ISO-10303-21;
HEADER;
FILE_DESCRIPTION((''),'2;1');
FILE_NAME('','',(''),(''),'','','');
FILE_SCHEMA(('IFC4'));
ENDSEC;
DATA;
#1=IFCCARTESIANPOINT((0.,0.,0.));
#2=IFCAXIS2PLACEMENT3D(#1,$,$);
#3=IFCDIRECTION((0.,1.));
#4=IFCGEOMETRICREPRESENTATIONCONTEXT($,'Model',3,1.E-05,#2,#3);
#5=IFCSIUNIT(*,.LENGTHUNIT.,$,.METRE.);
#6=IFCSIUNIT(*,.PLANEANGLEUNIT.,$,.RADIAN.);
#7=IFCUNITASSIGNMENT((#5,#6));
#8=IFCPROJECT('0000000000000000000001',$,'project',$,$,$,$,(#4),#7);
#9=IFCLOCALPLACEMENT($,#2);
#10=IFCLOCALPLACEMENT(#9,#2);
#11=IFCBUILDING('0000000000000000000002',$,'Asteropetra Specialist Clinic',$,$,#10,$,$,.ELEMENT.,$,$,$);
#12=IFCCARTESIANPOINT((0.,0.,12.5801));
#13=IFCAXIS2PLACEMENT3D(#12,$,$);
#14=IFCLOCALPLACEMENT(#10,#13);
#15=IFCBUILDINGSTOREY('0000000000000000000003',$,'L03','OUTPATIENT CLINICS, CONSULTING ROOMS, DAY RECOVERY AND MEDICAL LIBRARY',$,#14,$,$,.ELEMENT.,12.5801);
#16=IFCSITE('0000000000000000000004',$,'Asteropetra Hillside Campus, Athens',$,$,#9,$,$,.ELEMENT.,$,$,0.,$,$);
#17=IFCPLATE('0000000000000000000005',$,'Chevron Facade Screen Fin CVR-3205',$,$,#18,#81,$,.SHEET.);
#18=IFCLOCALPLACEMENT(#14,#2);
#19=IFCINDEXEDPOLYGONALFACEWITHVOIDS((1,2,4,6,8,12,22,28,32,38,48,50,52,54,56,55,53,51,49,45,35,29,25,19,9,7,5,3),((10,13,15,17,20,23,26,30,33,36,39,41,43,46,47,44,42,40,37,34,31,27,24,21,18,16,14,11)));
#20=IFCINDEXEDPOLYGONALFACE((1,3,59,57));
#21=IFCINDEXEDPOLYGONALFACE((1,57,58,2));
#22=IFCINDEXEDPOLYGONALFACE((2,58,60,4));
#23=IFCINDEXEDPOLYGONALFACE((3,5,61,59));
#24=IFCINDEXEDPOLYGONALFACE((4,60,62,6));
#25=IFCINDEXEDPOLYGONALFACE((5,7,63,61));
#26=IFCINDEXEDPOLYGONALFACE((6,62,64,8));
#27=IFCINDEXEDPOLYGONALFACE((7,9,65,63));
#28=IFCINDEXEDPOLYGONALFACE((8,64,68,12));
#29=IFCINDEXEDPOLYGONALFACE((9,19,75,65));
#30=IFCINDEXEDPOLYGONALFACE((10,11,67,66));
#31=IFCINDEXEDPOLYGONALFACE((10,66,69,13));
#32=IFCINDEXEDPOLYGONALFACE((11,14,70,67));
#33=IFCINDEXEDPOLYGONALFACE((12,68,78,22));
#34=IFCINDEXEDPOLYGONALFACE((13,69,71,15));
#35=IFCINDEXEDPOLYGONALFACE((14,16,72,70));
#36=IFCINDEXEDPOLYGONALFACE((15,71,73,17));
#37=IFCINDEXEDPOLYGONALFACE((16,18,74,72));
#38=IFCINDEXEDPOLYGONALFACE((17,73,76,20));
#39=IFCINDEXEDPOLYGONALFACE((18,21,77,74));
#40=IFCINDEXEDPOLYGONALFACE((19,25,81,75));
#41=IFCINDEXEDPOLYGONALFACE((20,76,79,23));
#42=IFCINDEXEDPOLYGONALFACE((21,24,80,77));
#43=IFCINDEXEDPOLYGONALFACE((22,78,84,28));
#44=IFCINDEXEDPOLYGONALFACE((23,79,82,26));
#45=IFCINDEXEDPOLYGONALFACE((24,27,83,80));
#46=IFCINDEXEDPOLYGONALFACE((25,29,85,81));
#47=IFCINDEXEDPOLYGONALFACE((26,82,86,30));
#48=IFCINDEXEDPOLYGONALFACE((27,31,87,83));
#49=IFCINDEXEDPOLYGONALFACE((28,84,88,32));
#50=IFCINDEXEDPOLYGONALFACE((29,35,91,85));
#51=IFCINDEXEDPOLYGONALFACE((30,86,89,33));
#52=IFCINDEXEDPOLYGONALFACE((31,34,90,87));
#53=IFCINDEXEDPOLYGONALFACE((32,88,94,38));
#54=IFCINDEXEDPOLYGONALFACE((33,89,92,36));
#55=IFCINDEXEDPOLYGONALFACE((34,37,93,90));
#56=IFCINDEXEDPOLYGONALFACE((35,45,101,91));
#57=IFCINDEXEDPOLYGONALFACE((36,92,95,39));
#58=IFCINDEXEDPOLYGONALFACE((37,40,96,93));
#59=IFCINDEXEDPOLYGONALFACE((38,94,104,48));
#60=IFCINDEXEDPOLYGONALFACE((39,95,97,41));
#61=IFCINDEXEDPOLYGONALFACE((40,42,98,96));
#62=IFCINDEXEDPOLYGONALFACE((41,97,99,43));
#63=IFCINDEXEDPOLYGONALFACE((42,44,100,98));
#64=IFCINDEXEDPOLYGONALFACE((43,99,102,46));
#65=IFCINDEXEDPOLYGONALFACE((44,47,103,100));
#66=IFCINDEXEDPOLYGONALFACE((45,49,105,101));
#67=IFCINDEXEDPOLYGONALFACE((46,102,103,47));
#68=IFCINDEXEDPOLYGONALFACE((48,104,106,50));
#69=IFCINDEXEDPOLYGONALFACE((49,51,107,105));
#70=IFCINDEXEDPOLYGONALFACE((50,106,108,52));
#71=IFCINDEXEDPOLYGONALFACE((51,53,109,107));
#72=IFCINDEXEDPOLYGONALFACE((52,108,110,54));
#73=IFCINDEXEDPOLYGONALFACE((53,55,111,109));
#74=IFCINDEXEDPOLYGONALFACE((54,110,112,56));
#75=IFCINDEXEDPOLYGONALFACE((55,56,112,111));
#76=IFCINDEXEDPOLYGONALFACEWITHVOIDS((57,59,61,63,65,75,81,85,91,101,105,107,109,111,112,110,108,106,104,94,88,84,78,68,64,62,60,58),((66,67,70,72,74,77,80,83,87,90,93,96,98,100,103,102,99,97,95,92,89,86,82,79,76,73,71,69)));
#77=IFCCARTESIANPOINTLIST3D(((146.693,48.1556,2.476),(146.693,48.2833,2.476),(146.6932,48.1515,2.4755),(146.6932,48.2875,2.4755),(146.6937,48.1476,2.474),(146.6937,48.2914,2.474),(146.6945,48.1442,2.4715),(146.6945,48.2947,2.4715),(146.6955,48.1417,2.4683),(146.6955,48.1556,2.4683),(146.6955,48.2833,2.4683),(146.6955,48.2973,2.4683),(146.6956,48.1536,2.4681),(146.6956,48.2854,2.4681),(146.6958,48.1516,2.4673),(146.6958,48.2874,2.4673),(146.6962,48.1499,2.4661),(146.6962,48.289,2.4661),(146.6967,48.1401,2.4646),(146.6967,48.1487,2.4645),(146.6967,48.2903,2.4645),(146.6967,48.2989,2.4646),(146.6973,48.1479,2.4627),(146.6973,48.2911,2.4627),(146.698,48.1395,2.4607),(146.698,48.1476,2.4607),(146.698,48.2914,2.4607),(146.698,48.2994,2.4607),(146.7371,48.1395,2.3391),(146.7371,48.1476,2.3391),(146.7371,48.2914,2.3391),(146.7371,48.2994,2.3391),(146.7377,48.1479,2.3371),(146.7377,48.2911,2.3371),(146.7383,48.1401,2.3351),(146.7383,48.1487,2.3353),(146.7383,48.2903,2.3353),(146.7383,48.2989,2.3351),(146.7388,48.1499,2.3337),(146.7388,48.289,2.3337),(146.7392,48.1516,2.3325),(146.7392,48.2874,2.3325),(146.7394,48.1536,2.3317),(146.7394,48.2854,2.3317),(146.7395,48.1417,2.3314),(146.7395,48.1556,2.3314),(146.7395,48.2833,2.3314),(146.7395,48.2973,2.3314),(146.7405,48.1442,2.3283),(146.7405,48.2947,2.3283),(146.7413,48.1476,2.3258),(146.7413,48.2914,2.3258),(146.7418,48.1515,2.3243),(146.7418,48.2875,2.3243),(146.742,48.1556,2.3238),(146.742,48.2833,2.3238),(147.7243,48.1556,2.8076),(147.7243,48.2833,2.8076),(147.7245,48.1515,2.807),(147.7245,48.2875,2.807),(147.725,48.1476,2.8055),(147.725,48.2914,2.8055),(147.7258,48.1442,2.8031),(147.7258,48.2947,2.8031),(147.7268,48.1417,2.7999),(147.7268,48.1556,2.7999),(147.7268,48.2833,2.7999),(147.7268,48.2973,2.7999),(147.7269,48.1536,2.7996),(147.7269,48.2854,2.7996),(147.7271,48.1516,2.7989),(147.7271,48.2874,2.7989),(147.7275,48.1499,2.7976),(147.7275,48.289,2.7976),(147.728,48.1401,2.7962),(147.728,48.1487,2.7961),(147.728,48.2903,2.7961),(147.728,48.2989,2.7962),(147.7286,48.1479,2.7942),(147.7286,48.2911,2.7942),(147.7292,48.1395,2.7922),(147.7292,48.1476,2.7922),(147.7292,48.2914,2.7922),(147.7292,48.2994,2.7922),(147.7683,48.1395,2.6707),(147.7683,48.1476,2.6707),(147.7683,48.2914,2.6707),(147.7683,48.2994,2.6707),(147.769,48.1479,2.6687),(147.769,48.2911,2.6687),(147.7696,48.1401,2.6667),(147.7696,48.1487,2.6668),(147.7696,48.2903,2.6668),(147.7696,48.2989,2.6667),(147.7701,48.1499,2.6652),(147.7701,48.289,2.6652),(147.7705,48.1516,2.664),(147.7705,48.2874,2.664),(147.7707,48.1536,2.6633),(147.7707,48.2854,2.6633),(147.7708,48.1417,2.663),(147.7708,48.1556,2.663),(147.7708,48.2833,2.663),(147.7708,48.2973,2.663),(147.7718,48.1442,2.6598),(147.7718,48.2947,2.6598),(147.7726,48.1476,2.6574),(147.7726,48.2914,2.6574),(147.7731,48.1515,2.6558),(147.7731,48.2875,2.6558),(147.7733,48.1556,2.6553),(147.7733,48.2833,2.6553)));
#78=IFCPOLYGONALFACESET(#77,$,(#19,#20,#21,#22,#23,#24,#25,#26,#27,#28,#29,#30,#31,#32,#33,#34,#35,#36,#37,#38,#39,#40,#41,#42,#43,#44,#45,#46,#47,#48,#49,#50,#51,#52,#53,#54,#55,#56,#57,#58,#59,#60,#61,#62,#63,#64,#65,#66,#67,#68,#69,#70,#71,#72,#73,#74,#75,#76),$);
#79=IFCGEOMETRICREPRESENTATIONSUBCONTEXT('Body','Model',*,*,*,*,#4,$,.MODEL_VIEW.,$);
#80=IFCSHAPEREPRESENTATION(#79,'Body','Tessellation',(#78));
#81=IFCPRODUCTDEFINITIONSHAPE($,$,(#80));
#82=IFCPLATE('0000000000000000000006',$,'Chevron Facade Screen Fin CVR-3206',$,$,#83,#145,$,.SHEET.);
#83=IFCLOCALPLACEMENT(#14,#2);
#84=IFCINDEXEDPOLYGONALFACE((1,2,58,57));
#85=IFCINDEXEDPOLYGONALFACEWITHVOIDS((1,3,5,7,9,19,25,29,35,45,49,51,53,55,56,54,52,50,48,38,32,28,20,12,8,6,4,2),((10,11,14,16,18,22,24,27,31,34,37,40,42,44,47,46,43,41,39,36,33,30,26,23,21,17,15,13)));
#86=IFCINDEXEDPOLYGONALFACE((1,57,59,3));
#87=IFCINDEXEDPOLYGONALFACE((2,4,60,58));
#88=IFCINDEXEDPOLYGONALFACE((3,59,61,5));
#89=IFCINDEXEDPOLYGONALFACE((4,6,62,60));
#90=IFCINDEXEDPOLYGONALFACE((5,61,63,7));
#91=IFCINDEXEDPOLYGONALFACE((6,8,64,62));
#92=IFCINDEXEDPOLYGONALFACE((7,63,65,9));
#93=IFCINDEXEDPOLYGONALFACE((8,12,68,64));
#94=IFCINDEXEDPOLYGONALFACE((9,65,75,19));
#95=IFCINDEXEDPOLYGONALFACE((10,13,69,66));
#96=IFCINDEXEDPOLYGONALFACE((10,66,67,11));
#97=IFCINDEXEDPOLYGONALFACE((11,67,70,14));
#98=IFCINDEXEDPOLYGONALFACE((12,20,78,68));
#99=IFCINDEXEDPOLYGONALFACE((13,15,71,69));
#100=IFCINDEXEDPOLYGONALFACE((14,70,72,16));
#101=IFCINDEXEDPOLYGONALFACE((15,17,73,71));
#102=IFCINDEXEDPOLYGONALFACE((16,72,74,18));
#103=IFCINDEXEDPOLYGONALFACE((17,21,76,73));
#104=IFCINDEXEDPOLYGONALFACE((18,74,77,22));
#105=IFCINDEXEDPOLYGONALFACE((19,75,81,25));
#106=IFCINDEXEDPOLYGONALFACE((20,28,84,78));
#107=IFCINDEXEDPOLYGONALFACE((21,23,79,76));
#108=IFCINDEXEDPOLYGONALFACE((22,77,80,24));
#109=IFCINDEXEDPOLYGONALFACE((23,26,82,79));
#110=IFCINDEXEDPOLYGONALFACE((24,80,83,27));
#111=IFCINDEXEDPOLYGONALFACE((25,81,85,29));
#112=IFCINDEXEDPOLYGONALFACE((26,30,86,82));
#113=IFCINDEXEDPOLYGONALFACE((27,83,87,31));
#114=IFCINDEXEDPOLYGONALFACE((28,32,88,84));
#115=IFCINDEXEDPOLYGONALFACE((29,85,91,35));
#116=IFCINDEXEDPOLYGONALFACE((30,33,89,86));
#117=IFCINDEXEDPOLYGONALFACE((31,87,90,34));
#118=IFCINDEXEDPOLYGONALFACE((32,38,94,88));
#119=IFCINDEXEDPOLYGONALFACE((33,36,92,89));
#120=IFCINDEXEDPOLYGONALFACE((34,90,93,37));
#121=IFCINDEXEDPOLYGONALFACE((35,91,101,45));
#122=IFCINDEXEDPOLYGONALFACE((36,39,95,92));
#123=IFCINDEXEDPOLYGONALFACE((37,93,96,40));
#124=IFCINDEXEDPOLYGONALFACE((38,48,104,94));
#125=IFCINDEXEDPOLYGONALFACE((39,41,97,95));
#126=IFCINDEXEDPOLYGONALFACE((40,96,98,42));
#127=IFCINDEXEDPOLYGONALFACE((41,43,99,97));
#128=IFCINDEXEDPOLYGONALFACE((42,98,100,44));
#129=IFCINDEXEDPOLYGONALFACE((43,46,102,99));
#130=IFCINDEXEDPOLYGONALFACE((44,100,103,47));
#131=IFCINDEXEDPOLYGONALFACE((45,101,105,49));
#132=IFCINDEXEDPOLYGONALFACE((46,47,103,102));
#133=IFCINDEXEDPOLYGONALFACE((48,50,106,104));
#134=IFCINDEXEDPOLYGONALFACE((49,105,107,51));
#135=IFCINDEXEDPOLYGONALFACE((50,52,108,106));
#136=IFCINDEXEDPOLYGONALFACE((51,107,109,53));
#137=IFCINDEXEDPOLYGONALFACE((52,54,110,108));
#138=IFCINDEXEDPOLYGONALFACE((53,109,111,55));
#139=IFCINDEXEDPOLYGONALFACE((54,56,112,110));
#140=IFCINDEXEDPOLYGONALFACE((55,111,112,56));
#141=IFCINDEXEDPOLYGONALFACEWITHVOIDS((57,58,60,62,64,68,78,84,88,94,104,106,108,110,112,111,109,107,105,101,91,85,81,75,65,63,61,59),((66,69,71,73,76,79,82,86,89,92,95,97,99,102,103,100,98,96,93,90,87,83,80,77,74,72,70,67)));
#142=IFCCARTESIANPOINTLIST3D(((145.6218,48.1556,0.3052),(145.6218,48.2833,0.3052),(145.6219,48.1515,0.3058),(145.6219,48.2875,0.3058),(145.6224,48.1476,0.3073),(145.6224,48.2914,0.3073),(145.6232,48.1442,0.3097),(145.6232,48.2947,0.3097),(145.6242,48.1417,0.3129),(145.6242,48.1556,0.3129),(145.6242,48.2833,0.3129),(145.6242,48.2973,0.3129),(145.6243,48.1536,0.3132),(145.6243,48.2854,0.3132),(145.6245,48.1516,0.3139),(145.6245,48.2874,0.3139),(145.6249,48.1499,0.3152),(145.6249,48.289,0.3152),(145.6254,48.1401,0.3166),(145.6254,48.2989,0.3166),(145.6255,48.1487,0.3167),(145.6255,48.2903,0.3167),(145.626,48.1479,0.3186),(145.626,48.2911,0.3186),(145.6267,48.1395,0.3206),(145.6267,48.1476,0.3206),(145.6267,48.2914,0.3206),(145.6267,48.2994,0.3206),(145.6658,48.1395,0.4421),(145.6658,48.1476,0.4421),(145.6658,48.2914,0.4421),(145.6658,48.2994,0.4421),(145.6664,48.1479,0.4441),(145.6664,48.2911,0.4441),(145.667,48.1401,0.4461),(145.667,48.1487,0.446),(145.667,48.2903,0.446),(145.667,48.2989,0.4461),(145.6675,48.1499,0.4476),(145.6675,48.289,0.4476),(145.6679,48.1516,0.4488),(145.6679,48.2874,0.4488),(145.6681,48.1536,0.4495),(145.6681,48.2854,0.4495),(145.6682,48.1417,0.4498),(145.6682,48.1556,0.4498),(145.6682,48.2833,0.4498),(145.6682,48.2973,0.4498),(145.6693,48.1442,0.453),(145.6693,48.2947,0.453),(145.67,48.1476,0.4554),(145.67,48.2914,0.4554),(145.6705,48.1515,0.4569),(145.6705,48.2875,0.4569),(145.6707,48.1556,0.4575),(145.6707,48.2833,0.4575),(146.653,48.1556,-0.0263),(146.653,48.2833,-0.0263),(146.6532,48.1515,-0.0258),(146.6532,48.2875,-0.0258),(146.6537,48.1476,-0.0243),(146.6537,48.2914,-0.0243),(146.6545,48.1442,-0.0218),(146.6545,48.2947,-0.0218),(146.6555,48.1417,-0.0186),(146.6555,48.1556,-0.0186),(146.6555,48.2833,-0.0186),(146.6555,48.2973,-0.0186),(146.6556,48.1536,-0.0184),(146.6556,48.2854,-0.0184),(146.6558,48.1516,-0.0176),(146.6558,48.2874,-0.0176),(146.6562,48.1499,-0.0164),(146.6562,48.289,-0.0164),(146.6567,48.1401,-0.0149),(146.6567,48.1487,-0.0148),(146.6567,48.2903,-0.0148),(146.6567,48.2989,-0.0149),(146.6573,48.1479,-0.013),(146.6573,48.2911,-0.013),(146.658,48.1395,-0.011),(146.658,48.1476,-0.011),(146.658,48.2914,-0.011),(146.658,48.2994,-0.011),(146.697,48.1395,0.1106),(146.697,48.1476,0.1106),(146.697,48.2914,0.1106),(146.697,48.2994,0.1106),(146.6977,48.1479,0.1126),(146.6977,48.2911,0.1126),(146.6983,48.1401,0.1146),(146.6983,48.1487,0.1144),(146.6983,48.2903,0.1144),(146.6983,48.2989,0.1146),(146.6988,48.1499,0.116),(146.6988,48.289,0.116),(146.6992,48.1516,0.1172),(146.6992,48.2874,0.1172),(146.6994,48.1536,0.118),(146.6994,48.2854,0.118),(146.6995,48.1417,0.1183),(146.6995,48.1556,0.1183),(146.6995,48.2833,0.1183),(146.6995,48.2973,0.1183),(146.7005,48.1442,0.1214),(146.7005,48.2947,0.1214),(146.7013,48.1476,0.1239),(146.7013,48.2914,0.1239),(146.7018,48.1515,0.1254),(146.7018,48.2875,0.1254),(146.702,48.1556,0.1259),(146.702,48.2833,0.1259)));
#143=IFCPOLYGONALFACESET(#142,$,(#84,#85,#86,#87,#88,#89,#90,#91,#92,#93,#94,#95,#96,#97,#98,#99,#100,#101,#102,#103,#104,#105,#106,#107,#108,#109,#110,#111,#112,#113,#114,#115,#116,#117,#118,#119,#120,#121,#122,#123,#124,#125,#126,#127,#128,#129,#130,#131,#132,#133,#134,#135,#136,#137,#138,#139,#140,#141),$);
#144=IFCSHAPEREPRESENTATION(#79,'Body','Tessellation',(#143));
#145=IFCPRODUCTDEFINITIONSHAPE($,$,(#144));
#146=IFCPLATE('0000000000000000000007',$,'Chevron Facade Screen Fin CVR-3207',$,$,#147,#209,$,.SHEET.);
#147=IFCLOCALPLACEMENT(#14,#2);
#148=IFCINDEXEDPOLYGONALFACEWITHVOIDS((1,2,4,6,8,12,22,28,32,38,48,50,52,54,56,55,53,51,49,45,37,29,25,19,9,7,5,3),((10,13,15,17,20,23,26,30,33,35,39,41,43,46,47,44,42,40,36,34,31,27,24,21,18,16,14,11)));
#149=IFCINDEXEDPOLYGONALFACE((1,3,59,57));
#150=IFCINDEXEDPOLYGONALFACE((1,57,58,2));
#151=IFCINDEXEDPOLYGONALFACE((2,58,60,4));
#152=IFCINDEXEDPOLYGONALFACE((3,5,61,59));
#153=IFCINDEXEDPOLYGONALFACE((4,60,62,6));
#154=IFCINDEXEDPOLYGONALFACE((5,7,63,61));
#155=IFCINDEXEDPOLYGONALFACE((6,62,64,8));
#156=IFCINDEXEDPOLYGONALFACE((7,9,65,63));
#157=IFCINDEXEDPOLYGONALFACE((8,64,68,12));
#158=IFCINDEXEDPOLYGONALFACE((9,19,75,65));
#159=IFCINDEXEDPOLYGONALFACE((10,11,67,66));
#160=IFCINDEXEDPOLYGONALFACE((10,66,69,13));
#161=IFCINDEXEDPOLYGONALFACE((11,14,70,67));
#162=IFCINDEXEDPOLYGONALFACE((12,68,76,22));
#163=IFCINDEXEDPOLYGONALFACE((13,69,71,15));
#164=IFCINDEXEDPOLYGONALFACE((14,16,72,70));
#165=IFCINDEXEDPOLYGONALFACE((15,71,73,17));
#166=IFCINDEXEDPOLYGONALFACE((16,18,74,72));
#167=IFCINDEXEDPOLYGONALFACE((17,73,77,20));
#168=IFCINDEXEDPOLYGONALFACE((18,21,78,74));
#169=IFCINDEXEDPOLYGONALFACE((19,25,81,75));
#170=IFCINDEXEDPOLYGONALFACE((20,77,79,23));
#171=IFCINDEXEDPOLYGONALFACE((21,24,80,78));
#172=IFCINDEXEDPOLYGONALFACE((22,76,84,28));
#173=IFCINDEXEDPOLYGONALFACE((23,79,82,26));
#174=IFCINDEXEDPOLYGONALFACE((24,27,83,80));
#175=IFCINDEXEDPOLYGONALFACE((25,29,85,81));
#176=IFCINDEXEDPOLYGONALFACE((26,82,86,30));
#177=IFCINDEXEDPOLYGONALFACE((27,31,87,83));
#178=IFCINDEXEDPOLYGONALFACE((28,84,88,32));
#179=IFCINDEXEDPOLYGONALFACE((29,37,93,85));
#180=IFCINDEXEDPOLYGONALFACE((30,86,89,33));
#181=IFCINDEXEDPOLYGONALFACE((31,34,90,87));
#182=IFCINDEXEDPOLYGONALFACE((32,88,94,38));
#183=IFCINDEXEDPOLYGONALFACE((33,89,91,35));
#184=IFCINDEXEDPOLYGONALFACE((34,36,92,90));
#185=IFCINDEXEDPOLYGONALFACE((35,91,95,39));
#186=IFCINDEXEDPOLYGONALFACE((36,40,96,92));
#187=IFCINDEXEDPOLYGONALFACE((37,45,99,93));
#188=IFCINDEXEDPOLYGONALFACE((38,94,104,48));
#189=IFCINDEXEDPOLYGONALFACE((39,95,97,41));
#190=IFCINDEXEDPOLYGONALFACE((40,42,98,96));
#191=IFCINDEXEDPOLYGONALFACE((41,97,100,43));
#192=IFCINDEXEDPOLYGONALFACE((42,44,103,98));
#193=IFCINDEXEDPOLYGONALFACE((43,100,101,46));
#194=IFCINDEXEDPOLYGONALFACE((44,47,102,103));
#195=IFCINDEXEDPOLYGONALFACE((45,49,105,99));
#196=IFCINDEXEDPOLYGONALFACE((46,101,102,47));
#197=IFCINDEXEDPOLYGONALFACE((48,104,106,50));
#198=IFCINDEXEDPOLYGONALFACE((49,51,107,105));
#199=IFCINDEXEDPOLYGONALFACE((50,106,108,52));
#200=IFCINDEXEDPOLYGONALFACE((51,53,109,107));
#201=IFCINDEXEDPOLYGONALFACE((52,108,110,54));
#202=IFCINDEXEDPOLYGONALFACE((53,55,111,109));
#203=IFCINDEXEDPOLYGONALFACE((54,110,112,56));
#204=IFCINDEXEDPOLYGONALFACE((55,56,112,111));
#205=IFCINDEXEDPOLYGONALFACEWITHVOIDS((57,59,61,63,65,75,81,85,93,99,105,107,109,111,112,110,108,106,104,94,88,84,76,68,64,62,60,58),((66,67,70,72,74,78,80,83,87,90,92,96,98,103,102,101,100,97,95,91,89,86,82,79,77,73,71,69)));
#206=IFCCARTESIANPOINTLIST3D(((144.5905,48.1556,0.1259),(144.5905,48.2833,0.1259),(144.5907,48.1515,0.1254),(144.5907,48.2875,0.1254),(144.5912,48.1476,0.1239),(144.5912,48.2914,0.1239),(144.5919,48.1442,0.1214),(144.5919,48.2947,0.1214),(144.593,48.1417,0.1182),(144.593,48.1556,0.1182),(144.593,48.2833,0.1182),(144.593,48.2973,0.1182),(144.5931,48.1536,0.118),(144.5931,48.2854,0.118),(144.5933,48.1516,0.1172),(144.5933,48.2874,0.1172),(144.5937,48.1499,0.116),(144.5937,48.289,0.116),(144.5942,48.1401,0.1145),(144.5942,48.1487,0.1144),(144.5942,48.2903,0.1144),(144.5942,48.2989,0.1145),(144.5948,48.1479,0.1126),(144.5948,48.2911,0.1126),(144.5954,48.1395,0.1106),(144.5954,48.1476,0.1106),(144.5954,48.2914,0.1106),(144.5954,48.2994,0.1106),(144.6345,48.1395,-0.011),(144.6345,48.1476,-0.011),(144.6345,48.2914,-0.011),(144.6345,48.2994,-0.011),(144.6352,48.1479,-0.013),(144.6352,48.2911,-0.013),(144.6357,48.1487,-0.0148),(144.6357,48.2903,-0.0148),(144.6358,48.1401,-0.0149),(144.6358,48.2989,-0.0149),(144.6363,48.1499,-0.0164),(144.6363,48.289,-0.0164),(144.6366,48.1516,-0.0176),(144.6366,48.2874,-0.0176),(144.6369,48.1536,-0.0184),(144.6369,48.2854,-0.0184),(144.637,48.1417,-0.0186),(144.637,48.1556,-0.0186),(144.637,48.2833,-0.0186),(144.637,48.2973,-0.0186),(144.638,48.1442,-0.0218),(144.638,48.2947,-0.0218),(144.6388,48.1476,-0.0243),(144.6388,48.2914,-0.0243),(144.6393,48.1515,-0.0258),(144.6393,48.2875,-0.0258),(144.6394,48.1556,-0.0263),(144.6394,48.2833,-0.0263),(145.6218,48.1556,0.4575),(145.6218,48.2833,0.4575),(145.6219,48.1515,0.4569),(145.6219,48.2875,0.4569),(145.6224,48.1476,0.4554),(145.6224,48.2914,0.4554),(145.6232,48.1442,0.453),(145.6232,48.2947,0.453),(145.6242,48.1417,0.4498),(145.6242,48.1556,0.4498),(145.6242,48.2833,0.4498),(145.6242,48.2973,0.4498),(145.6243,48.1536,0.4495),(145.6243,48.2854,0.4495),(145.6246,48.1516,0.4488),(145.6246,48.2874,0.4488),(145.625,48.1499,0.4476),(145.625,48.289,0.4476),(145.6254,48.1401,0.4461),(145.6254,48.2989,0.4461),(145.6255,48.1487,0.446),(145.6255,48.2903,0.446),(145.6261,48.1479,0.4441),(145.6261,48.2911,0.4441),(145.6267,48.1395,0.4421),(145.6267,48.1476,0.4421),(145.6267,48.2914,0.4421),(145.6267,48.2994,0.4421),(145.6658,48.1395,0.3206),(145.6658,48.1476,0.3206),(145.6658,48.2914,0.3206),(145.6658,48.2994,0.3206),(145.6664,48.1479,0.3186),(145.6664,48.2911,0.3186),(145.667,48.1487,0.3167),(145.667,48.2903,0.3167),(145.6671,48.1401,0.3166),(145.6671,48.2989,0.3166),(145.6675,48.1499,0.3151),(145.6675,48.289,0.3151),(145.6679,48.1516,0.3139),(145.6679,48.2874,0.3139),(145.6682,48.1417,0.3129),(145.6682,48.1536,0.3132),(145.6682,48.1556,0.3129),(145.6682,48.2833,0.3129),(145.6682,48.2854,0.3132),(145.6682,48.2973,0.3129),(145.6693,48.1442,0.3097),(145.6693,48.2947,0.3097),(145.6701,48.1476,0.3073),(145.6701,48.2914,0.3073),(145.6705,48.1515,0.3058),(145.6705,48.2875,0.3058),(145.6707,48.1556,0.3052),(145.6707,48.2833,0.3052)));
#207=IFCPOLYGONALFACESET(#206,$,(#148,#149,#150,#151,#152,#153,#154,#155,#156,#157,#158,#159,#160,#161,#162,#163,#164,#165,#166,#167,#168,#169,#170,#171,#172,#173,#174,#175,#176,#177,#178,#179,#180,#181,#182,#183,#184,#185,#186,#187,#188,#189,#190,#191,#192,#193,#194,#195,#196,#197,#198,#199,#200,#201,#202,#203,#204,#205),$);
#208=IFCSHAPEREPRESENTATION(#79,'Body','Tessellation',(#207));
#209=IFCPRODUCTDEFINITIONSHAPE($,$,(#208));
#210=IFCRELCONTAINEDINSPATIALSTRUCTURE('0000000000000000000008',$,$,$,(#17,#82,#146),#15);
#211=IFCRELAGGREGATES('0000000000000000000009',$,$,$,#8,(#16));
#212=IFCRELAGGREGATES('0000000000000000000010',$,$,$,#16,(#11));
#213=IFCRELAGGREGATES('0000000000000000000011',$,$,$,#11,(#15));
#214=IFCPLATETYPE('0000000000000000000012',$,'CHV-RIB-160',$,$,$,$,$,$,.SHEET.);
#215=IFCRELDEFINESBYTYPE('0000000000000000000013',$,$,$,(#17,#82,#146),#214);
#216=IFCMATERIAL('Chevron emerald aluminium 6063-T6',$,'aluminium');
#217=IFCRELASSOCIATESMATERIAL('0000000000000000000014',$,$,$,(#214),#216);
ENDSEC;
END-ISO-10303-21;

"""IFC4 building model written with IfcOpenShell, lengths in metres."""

from ifc_helpers import new_model, si_unit, direction, frame, origin, origin_2d, place, context, subcontext, project, spatial, hollow_rectangle, extrude, material, material_profile, profile_set, type_object, element, save


model = new_model("IFC4")

# Units and contexts
model_context = context("Model", 3, precision=1e-05, world=origin(), true_north=direction((0.0, 1.0)))
body_context = subcontext(model_context, "Body", "Model", "MODEL_VIEW")
ifc_project = project(units=[si_unit("LENGTHUNIT", "METRE"), si_unit("PLANEANGLEUNIT", "RADIAN")], contexts=[model_context])

# Site, building, storey
site_placement = place(None, origin())
site = spatial("IfcSite", under=ifc_project, at=site_placement, Name="Asteropetra Hillside Campus, Athens", CompositionType="ELEMENT", RefElevation=0.0)
building_placement = place(site_placement, origin())
building = spatial("IfcBuilding", under=site, at=building_placement, Name="Asteropetra Specialist Clinic", CompositionType="ELEMENT")
storey_placement = place(building_placement, frame((0.0, 0.0, 12.5801)))
storey = spatial("IfcBuildingStorey", under=building, at=storey_placement, Name="L03", Description="OUTPATIENT CLINICS, CONSULTING ROOMS, DAY RECOVERY AND MEDICAL LIBRARY", CompositionType="ELEMENT", Elevation=12.5801)

# Plates
ifc_material_1 = material(Name="Chevron emerald aluminium 6063-T6", Category="aluminium")
ifc_material_profile = material_profile(ifc_material_1, hollow_rectangle(XDim=0.1599, YDim=0.1599, WallThickness=0.0081, InnerFilletRadius=0.0081, OuterFilletRadius=0.0161, at=origin_2d()), Name="SHS 160x160x8.0")
ifc_profile_set = profile_set([ifc_material_profile], Name="Chevron emerald aluminium 6063-T6")
plate_type_1 = type_object("IfcPlateType", Name="CHV-RIB-160", PredefinedType="SHEET", material=ifc_profile_set)
for number, where, z_axis, x_axis, name in (
    (1, (147.7488, 48.2195, 2.7314), (-0.95201, 0.0, -0.306068), (0.0, -1.0, 0.0), "Chevron Facade Screen Fin CVR-3205"),
    (2, (146.6775, 48.2195, 0.0498), (-0.95201, 0.0, 0.306068), (0.0, -1.0, 0.0), "Chevron Facade Screen Fin CVR-3206"),
    (3, (145.6462, 48.2195, 0.3813), (-0.95201, 0.0, -0.306068), (0.0, -1.0, 0.0), "Chevron Facade Screen Fin CVR-3207"),
):
    element("IfcPlate", number, at=place(storey_placement, frame(where, z_axis=z_axis, x_axis=x_axis)), inside=storey, type_object=plate_type_1, Name=name, PredefinedType="SHEET", context=body_context, shape_type="SweptSolid", body=[
        extrude(hollow_rectangle(XDim=0.1599, YDim=0.1599, WallThickness=0.0081, InnerFilletRadius=0.0081, OuterFilletRadius=0.0161, at=origin_2d()), origin(), (0.0, 0.0, 1.0), 1.0833),
    ])

save(model, "model.ifc")
